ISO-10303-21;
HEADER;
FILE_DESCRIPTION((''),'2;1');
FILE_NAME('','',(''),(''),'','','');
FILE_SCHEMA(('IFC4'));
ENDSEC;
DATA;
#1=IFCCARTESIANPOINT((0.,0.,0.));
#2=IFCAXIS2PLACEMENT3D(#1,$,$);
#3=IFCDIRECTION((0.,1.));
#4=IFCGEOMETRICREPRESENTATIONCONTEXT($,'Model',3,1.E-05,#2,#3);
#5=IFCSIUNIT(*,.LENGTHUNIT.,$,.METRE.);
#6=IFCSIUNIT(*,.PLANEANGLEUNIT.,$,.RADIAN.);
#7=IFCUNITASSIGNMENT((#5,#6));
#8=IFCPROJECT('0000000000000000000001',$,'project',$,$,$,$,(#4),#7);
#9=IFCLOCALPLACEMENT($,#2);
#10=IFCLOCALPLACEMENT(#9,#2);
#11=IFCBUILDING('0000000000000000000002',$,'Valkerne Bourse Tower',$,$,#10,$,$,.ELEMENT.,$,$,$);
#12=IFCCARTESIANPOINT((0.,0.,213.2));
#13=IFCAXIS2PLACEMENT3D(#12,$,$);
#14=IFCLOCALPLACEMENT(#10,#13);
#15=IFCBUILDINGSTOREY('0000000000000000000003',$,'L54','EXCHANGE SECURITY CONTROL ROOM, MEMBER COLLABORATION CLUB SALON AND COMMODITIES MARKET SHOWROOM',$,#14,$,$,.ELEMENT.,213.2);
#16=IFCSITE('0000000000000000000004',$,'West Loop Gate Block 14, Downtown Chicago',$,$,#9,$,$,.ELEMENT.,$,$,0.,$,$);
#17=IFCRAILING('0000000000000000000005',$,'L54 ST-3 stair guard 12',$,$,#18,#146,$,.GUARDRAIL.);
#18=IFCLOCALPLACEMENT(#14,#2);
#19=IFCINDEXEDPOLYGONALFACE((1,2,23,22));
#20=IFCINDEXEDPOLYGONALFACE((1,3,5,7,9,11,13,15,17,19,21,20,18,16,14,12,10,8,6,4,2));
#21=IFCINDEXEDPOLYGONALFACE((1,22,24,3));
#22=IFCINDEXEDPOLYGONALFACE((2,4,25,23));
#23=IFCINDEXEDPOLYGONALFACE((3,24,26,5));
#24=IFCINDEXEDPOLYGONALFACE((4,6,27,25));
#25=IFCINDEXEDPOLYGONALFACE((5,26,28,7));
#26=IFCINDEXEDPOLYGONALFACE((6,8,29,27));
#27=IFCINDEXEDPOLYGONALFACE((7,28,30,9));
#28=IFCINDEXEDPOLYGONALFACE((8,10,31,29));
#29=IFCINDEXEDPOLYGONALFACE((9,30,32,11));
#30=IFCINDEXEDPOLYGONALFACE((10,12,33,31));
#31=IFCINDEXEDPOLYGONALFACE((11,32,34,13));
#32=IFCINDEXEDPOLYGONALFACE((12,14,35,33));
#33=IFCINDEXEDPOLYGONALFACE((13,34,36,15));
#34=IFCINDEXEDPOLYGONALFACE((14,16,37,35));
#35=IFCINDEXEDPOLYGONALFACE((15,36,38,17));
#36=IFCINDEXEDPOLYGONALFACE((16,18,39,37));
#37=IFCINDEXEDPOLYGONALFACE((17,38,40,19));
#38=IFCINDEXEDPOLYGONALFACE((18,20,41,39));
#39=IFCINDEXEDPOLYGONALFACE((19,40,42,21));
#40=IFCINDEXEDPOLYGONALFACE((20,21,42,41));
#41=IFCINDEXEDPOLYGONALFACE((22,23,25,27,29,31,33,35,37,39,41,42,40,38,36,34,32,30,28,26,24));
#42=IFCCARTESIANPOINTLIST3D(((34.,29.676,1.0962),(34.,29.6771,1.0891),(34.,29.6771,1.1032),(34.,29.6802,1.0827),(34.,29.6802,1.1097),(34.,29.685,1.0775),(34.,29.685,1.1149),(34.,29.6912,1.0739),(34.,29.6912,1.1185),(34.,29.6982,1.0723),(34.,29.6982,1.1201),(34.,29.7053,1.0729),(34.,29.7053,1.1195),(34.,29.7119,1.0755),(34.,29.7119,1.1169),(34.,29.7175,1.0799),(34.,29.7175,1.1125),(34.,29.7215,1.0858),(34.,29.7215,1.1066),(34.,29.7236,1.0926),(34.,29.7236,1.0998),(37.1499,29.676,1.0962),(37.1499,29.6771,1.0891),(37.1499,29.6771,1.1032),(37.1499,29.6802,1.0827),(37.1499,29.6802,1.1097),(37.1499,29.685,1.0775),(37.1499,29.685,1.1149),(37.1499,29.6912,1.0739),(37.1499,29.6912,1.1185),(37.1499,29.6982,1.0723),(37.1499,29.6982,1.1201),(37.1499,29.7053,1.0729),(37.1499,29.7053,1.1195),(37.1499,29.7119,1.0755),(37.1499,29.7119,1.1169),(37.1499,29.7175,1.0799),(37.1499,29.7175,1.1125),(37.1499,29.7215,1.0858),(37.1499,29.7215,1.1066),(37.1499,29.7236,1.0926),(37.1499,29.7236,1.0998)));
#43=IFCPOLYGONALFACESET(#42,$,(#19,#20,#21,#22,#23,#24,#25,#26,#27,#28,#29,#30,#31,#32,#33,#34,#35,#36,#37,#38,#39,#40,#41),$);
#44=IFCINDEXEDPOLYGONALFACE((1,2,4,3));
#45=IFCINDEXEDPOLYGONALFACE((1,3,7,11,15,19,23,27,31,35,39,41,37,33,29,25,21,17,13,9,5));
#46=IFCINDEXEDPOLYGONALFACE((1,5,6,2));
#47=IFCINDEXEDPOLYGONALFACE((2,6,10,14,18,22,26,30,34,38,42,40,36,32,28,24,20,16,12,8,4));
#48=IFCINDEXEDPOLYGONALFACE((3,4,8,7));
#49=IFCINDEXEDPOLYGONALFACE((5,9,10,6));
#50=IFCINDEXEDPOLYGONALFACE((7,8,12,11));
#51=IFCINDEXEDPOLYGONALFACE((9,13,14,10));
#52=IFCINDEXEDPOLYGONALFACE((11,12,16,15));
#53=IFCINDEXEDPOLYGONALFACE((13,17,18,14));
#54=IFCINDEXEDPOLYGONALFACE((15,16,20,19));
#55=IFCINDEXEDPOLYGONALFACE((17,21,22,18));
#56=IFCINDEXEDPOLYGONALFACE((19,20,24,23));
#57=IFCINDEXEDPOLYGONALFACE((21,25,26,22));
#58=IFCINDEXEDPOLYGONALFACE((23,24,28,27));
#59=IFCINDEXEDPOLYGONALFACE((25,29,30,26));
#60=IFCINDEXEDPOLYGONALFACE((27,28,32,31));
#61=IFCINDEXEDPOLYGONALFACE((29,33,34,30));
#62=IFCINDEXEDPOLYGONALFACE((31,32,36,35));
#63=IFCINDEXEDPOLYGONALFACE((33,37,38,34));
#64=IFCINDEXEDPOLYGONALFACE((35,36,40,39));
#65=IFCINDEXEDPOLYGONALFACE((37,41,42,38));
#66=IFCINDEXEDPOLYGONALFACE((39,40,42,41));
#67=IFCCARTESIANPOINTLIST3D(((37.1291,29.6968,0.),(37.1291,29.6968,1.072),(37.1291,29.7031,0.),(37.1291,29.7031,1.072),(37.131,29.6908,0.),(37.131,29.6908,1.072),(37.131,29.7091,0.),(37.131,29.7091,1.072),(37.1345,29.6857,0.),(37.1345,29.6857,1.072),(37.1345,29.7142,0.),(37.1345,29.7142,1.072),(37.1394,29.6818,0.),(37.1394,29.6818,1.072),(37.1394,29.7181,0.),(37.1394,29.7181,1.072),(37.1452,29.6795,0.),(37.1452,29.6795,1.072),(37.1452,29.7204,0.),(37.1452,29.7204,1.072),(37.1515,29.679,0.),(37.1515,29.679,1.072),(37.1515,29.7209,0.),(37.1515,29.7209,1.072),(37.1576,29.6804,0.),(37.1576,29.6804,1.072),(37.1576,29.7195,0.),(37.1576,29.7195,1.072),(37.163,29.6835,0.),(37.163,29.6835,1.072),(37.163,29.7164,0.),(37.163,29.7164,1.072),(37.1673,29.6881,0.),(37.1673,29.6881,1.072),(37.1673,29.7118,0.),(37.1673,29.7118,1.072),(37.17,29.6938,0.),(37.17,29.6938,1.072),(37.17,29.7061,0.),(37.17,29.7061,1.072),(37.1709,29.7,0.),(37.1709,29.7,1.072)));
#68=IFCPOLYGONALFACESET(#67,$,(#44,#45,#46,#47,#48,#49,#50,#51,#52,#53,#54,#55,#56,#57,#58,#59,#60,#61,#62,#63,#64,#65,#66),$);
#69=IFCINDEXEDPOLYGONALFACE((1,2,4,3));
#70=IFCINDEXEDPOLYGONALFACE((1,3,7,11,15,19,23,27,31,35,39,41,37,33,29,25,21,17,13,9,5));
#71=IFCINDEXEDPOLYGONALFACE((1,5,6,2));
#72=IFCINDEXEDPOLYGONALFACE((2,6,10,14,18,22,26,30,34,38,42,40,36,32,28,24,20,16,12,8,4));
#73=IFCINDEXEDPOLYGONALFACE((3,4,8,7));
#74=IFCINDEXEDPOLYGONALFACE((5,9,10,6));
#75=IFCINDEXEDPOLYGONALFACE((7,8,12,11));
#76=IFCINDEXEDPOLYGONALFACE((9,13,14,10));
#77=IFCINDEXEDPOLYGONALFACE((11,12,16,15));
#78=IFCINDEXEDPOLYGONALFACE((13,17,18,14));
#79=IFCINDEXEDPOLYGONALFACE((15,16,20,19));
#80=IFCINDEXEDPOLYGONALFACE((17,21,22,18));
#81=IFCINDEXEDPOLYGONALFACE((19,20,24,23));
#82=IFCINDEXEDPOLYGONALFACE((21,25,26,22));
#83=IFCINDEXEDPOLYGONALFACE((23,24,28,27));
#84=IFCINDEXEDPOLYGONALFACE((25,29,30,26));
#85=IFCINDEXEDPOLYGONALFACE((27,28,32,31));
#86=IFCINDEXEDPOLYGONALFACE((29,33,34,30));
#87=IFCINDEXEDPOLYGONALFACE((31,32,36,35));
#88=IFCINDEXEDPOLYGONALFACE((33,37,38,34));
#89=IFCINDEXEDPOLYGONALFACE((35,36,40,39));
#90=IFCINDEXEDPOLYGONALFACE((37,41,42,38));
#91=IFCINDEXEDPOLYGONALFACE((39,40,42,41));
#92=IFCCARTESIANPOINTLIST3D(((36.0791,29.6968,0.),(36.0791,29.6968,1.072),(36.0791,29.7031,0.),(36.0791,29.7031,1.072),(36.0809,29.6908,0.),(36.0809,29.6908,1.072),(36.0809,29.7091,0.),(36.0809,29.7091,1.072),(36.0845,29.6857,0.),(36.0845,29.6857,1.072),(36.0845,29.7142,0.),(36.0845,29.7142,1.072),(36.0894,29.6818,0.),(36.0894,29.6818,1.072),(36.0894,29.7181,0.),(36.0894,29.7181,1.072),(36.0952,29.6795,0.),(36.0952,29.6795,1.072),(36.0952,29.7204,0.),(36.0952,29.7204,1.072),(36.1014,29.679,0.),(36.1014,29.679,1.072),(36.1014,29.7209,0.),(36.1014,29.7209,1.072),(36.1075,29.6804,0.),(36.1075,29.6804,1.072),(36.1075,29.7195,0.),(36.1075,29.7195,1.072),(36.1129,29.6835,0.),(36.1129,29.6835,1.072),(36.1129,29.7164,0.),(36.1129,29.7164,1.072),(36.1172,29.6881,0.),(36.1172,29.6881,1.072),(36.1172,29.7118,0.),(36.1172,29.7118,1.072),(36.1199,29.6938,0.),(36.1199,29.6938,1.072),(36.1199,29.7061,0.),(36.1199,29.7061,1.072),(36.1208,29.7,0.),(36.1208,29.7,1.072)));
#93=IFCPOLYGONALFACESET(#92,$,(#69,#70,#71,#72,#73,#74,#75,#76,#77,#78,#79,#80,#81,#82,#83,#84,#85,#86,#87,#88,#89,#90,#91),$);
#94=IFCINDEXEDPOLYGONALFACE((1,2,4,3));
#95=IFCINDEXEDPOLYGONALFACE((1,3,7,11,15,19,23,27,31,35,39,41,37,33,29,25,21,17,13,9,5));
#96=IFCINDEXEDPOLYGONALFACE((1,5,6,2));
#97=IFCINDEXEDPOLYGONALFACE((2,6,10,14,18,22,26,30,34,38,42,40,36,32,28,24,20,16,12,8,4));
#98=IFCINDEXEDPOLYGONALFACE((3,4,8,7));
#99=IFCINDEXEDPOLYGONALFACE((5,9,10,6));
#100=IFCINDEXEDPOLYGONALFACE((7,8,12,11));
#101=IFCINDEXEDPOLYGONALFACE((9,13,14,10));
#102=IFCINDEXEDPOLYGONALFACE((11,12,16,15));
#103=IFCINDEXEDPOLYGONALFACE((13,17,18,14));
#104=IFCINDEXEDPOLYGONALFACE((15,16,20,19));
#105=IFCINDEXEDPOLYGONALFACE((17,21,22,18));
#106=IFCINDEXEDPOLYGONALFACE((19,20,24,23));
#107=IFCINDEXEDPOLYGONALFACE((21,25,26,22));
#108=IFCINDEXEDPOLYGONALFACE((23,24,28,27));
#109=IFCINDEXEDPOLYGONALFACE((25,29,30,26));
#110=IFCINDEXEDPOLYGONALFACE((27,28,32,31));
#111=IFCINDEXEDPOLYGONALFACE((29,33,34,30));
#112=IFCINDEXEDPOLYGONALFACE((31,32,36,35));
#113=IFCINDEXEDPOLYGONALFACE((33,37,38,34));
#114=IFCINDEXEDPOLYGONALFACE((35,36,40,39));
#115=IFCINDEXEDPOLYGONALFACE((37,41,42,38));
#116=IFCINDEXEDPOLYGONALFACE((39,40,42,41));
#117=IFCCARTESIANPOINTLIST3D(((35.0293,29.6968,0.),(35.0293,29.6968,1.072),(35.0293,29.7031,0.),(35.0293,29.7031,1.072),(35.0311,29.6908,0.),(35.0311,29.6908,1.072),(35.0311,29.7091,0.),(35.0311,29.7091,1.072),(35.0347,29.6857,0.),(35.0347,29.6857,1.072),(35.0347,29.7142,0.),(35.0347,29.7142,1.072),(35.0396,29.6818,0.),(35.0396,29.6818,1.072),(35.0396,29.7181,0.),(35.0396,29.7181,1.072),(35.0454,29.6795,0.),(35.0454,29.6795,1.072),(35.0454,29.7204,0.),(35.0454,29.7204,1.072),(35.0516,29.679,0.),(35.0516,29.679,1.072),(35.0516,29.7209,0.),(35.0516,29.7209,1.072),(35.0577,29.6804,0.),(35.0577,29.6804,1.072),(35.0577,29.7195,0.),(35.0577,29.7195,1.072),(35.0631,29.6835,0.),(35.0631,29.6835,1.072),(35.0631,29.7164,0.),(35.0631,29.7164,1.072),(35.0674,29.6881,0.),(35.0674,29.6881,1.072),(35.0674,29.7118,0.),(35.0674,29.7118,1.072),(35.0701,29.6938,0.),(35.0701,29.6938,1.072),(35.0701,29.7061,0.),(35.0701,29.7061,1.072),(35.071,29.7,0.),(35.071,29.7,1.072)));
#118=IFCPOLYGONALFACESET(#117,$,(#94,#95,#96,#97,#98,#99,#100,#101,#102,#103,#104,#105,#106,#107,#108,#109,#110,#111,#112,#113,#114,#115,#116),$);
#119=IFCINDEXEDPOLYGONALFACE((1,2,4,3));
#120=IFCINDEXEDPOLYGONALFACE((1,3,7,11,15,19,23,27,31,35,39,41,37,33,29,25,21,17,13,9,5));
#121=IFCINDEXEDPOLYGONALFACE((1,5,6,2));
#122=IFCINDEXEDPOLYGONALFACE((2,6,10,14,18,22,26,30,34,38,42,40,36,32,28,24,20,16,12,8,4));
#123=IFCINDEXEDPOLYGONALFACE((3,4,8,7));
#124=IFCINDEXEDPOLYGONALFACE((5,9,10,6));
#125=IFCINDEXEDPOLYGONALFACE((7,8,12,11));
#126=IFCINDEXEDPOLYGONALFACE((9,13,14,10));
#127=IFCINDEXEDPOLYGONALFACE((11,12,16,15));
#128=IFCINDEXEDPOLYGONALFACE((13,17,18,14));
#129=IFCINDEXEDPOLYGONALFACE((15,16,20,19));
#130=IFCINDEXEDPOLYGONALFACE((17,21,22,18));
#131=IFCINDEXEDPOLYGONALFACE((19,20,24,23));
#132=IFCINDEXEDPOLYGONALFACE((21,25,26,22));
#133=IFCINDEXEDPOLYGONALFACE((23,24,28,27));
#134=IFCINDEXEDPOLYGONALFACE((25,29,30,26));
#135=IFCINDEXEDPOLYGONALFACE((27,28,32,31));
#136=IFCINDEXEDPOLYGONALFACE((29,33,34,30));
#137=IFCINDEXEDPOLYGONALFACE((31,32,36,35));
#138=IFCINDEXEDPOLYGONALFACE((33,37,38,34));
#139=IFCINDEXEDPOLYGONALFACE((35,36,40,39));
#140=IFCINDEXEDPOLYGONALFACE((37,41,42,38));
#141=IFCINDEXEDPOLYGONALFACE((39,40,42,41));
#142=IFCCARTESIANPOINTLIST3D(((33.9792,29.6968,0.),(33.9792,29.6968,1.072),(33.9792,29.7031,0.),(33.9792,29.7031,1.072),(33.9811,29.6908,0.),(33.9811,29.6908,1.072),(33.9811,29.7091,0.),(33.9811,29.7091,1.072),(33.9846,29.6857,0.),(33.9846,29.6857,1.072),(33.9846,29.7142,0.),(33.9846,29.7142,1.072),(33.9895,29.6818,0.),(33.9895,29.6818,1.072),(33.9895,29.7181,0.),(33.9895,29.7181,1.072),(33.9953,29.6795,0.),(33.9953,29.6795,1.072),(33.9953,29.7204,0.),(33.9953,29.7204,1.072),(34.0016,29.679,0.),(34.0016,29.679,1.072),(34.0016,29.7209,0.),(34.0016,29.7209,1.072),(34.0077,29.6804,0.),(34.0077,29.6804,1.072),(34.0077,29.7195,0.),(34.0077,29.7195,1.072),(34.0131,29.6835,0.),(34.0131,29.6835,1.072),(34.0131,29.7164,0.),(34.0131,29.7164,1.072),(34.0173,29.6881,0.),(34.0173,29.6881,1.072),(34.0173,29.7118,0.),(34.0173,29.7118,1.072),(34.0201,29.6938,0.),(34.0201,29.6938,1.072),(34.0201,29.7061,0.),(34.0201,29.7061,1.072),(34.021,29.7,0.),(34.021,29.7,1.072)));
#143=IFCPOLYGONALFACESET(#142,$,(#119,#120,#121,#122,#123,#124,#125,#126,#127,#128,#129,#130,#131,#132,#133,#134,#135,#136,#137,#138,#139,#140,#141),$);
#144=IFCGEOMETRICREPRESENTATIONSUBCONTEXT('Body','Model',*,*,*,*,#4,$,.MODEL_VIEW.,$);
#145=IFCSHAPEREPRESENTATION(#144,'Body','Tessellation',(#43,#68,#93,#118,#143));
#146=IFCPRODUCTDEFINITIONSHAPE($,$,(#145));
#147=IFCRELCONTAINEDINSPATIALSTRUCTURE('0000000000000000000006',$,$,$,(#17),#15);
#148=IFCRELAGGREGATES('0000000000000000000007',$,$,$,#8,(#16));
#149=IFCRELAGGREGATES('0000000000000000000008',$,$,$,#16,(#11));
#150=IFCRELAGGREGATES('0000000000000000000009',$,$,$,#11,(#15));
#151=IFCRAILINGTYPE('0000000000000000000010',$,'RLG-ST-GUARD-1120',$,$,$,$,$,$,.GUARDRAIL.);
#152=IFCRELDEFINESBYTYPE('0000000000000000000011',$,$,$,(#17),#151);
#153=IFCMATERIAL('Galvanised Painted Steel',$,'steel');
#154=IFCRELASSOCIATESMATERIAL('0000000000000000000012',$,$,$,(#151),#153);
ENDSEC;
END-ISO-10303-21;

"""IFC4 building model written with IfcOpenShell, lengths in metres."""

from ifc_helpers import new_model, si_unit, direction, frame, origin, origin_2d, place, context, subcontext, project, spatial, circle, extrude, material, type_object, element, save


model = new_model("IFC4")

# Units and contexts
model_context = context("Model", 3, precision=1e-05, world=origin(), true_north=direction((0.0, 1.0)))
body_context = subcontext(model_context, "Body", "Model", "MODEL_VIEW")
ifc_project = project(units=[si_unit("LENGTHUNIT", "METRE"), si_unit("PLANEANGLEUNIT", "RADIAN")], contexts=[model_context])

# Site, building, storey
site_placement = place(None, origin())
site = spatial("IfcSite", under=ifc_project, at=site_placement, Name="West Loop Gate Block 14, Downtown Chicago", CompositionType="ELEMENT", RefElevation=0.0)
building_placement = place(site_placement, origin())
building = spatial("IfcBuilding", under=site, at=building_placement, Name="Valkerne Bourse Tower", CompositionType="ELEMENT")
storey_placement = place(building_placement, frame((0.0, 0.0, 213.2)))
storey = spatial("IfcBuildingStorey", under=building, at=storey_placement, Name="L54", Description="EXCHANGE SECURITY CONTROL ROOM, MEMBER COLLABORATION CLUB SALON AND COMMODITIES MARKET SHOWROOM", CompositionType="ELEMENT", Elevation=213.2)

# Shared definitions
ifc_material_1 = material(Name="Galvanised Painted Steel", Category="steel")

# Railing
railing_type = type_object("IfcRailingType", Name="RLG-ST-GUARD-1120", PredefinedType="GUARDRAIL", material=ifc_material_1)
railing_1_placement = place(storey_placement, frame((37.1499, 29.7, 0.0)))
element("IfcRailing", 1, at=railing_1_placement, inside=storey, type_object=railing_type, Name="L54 ST-3 stair guard 12", PredefinedType="GUARDRAIL", context=body_context, shape_type="SweptSolid", body=[
    extrude(circle(Radius=0.0239, at=origin_2d()), frame((0.0, 0.0, 1.0962), z_axis=(-1.0, 0.0, 0.0), x_axis=(0.0, -1.0, 0.0)), (0.0, 0.0, 1.0), 3.1499),
    extrude(circle(Radius=0.021, at=origin_2d()), origin(), (0.0, 0.0, 1.0), 1.072),
    extrude(circle(Radius=0.021, at=origin_2d()), frame((-1.05, 0.0, 0.0)), (0.0, 0.0, 1.0), 1.072),
    extrude(circle(Radius=0.021, at=origin_2d()), frame((-2.0999, 0.0, 0.0)), (0.0, 0.0, 1.0), 1.072),
    extrude(circle(Radius=0.021, at=origin_2d()), frame((-3.1499, 0.0, 0.0)), (0.0, 0.0, 1.0), 1.072),
])

save(model, "model.ifc")
